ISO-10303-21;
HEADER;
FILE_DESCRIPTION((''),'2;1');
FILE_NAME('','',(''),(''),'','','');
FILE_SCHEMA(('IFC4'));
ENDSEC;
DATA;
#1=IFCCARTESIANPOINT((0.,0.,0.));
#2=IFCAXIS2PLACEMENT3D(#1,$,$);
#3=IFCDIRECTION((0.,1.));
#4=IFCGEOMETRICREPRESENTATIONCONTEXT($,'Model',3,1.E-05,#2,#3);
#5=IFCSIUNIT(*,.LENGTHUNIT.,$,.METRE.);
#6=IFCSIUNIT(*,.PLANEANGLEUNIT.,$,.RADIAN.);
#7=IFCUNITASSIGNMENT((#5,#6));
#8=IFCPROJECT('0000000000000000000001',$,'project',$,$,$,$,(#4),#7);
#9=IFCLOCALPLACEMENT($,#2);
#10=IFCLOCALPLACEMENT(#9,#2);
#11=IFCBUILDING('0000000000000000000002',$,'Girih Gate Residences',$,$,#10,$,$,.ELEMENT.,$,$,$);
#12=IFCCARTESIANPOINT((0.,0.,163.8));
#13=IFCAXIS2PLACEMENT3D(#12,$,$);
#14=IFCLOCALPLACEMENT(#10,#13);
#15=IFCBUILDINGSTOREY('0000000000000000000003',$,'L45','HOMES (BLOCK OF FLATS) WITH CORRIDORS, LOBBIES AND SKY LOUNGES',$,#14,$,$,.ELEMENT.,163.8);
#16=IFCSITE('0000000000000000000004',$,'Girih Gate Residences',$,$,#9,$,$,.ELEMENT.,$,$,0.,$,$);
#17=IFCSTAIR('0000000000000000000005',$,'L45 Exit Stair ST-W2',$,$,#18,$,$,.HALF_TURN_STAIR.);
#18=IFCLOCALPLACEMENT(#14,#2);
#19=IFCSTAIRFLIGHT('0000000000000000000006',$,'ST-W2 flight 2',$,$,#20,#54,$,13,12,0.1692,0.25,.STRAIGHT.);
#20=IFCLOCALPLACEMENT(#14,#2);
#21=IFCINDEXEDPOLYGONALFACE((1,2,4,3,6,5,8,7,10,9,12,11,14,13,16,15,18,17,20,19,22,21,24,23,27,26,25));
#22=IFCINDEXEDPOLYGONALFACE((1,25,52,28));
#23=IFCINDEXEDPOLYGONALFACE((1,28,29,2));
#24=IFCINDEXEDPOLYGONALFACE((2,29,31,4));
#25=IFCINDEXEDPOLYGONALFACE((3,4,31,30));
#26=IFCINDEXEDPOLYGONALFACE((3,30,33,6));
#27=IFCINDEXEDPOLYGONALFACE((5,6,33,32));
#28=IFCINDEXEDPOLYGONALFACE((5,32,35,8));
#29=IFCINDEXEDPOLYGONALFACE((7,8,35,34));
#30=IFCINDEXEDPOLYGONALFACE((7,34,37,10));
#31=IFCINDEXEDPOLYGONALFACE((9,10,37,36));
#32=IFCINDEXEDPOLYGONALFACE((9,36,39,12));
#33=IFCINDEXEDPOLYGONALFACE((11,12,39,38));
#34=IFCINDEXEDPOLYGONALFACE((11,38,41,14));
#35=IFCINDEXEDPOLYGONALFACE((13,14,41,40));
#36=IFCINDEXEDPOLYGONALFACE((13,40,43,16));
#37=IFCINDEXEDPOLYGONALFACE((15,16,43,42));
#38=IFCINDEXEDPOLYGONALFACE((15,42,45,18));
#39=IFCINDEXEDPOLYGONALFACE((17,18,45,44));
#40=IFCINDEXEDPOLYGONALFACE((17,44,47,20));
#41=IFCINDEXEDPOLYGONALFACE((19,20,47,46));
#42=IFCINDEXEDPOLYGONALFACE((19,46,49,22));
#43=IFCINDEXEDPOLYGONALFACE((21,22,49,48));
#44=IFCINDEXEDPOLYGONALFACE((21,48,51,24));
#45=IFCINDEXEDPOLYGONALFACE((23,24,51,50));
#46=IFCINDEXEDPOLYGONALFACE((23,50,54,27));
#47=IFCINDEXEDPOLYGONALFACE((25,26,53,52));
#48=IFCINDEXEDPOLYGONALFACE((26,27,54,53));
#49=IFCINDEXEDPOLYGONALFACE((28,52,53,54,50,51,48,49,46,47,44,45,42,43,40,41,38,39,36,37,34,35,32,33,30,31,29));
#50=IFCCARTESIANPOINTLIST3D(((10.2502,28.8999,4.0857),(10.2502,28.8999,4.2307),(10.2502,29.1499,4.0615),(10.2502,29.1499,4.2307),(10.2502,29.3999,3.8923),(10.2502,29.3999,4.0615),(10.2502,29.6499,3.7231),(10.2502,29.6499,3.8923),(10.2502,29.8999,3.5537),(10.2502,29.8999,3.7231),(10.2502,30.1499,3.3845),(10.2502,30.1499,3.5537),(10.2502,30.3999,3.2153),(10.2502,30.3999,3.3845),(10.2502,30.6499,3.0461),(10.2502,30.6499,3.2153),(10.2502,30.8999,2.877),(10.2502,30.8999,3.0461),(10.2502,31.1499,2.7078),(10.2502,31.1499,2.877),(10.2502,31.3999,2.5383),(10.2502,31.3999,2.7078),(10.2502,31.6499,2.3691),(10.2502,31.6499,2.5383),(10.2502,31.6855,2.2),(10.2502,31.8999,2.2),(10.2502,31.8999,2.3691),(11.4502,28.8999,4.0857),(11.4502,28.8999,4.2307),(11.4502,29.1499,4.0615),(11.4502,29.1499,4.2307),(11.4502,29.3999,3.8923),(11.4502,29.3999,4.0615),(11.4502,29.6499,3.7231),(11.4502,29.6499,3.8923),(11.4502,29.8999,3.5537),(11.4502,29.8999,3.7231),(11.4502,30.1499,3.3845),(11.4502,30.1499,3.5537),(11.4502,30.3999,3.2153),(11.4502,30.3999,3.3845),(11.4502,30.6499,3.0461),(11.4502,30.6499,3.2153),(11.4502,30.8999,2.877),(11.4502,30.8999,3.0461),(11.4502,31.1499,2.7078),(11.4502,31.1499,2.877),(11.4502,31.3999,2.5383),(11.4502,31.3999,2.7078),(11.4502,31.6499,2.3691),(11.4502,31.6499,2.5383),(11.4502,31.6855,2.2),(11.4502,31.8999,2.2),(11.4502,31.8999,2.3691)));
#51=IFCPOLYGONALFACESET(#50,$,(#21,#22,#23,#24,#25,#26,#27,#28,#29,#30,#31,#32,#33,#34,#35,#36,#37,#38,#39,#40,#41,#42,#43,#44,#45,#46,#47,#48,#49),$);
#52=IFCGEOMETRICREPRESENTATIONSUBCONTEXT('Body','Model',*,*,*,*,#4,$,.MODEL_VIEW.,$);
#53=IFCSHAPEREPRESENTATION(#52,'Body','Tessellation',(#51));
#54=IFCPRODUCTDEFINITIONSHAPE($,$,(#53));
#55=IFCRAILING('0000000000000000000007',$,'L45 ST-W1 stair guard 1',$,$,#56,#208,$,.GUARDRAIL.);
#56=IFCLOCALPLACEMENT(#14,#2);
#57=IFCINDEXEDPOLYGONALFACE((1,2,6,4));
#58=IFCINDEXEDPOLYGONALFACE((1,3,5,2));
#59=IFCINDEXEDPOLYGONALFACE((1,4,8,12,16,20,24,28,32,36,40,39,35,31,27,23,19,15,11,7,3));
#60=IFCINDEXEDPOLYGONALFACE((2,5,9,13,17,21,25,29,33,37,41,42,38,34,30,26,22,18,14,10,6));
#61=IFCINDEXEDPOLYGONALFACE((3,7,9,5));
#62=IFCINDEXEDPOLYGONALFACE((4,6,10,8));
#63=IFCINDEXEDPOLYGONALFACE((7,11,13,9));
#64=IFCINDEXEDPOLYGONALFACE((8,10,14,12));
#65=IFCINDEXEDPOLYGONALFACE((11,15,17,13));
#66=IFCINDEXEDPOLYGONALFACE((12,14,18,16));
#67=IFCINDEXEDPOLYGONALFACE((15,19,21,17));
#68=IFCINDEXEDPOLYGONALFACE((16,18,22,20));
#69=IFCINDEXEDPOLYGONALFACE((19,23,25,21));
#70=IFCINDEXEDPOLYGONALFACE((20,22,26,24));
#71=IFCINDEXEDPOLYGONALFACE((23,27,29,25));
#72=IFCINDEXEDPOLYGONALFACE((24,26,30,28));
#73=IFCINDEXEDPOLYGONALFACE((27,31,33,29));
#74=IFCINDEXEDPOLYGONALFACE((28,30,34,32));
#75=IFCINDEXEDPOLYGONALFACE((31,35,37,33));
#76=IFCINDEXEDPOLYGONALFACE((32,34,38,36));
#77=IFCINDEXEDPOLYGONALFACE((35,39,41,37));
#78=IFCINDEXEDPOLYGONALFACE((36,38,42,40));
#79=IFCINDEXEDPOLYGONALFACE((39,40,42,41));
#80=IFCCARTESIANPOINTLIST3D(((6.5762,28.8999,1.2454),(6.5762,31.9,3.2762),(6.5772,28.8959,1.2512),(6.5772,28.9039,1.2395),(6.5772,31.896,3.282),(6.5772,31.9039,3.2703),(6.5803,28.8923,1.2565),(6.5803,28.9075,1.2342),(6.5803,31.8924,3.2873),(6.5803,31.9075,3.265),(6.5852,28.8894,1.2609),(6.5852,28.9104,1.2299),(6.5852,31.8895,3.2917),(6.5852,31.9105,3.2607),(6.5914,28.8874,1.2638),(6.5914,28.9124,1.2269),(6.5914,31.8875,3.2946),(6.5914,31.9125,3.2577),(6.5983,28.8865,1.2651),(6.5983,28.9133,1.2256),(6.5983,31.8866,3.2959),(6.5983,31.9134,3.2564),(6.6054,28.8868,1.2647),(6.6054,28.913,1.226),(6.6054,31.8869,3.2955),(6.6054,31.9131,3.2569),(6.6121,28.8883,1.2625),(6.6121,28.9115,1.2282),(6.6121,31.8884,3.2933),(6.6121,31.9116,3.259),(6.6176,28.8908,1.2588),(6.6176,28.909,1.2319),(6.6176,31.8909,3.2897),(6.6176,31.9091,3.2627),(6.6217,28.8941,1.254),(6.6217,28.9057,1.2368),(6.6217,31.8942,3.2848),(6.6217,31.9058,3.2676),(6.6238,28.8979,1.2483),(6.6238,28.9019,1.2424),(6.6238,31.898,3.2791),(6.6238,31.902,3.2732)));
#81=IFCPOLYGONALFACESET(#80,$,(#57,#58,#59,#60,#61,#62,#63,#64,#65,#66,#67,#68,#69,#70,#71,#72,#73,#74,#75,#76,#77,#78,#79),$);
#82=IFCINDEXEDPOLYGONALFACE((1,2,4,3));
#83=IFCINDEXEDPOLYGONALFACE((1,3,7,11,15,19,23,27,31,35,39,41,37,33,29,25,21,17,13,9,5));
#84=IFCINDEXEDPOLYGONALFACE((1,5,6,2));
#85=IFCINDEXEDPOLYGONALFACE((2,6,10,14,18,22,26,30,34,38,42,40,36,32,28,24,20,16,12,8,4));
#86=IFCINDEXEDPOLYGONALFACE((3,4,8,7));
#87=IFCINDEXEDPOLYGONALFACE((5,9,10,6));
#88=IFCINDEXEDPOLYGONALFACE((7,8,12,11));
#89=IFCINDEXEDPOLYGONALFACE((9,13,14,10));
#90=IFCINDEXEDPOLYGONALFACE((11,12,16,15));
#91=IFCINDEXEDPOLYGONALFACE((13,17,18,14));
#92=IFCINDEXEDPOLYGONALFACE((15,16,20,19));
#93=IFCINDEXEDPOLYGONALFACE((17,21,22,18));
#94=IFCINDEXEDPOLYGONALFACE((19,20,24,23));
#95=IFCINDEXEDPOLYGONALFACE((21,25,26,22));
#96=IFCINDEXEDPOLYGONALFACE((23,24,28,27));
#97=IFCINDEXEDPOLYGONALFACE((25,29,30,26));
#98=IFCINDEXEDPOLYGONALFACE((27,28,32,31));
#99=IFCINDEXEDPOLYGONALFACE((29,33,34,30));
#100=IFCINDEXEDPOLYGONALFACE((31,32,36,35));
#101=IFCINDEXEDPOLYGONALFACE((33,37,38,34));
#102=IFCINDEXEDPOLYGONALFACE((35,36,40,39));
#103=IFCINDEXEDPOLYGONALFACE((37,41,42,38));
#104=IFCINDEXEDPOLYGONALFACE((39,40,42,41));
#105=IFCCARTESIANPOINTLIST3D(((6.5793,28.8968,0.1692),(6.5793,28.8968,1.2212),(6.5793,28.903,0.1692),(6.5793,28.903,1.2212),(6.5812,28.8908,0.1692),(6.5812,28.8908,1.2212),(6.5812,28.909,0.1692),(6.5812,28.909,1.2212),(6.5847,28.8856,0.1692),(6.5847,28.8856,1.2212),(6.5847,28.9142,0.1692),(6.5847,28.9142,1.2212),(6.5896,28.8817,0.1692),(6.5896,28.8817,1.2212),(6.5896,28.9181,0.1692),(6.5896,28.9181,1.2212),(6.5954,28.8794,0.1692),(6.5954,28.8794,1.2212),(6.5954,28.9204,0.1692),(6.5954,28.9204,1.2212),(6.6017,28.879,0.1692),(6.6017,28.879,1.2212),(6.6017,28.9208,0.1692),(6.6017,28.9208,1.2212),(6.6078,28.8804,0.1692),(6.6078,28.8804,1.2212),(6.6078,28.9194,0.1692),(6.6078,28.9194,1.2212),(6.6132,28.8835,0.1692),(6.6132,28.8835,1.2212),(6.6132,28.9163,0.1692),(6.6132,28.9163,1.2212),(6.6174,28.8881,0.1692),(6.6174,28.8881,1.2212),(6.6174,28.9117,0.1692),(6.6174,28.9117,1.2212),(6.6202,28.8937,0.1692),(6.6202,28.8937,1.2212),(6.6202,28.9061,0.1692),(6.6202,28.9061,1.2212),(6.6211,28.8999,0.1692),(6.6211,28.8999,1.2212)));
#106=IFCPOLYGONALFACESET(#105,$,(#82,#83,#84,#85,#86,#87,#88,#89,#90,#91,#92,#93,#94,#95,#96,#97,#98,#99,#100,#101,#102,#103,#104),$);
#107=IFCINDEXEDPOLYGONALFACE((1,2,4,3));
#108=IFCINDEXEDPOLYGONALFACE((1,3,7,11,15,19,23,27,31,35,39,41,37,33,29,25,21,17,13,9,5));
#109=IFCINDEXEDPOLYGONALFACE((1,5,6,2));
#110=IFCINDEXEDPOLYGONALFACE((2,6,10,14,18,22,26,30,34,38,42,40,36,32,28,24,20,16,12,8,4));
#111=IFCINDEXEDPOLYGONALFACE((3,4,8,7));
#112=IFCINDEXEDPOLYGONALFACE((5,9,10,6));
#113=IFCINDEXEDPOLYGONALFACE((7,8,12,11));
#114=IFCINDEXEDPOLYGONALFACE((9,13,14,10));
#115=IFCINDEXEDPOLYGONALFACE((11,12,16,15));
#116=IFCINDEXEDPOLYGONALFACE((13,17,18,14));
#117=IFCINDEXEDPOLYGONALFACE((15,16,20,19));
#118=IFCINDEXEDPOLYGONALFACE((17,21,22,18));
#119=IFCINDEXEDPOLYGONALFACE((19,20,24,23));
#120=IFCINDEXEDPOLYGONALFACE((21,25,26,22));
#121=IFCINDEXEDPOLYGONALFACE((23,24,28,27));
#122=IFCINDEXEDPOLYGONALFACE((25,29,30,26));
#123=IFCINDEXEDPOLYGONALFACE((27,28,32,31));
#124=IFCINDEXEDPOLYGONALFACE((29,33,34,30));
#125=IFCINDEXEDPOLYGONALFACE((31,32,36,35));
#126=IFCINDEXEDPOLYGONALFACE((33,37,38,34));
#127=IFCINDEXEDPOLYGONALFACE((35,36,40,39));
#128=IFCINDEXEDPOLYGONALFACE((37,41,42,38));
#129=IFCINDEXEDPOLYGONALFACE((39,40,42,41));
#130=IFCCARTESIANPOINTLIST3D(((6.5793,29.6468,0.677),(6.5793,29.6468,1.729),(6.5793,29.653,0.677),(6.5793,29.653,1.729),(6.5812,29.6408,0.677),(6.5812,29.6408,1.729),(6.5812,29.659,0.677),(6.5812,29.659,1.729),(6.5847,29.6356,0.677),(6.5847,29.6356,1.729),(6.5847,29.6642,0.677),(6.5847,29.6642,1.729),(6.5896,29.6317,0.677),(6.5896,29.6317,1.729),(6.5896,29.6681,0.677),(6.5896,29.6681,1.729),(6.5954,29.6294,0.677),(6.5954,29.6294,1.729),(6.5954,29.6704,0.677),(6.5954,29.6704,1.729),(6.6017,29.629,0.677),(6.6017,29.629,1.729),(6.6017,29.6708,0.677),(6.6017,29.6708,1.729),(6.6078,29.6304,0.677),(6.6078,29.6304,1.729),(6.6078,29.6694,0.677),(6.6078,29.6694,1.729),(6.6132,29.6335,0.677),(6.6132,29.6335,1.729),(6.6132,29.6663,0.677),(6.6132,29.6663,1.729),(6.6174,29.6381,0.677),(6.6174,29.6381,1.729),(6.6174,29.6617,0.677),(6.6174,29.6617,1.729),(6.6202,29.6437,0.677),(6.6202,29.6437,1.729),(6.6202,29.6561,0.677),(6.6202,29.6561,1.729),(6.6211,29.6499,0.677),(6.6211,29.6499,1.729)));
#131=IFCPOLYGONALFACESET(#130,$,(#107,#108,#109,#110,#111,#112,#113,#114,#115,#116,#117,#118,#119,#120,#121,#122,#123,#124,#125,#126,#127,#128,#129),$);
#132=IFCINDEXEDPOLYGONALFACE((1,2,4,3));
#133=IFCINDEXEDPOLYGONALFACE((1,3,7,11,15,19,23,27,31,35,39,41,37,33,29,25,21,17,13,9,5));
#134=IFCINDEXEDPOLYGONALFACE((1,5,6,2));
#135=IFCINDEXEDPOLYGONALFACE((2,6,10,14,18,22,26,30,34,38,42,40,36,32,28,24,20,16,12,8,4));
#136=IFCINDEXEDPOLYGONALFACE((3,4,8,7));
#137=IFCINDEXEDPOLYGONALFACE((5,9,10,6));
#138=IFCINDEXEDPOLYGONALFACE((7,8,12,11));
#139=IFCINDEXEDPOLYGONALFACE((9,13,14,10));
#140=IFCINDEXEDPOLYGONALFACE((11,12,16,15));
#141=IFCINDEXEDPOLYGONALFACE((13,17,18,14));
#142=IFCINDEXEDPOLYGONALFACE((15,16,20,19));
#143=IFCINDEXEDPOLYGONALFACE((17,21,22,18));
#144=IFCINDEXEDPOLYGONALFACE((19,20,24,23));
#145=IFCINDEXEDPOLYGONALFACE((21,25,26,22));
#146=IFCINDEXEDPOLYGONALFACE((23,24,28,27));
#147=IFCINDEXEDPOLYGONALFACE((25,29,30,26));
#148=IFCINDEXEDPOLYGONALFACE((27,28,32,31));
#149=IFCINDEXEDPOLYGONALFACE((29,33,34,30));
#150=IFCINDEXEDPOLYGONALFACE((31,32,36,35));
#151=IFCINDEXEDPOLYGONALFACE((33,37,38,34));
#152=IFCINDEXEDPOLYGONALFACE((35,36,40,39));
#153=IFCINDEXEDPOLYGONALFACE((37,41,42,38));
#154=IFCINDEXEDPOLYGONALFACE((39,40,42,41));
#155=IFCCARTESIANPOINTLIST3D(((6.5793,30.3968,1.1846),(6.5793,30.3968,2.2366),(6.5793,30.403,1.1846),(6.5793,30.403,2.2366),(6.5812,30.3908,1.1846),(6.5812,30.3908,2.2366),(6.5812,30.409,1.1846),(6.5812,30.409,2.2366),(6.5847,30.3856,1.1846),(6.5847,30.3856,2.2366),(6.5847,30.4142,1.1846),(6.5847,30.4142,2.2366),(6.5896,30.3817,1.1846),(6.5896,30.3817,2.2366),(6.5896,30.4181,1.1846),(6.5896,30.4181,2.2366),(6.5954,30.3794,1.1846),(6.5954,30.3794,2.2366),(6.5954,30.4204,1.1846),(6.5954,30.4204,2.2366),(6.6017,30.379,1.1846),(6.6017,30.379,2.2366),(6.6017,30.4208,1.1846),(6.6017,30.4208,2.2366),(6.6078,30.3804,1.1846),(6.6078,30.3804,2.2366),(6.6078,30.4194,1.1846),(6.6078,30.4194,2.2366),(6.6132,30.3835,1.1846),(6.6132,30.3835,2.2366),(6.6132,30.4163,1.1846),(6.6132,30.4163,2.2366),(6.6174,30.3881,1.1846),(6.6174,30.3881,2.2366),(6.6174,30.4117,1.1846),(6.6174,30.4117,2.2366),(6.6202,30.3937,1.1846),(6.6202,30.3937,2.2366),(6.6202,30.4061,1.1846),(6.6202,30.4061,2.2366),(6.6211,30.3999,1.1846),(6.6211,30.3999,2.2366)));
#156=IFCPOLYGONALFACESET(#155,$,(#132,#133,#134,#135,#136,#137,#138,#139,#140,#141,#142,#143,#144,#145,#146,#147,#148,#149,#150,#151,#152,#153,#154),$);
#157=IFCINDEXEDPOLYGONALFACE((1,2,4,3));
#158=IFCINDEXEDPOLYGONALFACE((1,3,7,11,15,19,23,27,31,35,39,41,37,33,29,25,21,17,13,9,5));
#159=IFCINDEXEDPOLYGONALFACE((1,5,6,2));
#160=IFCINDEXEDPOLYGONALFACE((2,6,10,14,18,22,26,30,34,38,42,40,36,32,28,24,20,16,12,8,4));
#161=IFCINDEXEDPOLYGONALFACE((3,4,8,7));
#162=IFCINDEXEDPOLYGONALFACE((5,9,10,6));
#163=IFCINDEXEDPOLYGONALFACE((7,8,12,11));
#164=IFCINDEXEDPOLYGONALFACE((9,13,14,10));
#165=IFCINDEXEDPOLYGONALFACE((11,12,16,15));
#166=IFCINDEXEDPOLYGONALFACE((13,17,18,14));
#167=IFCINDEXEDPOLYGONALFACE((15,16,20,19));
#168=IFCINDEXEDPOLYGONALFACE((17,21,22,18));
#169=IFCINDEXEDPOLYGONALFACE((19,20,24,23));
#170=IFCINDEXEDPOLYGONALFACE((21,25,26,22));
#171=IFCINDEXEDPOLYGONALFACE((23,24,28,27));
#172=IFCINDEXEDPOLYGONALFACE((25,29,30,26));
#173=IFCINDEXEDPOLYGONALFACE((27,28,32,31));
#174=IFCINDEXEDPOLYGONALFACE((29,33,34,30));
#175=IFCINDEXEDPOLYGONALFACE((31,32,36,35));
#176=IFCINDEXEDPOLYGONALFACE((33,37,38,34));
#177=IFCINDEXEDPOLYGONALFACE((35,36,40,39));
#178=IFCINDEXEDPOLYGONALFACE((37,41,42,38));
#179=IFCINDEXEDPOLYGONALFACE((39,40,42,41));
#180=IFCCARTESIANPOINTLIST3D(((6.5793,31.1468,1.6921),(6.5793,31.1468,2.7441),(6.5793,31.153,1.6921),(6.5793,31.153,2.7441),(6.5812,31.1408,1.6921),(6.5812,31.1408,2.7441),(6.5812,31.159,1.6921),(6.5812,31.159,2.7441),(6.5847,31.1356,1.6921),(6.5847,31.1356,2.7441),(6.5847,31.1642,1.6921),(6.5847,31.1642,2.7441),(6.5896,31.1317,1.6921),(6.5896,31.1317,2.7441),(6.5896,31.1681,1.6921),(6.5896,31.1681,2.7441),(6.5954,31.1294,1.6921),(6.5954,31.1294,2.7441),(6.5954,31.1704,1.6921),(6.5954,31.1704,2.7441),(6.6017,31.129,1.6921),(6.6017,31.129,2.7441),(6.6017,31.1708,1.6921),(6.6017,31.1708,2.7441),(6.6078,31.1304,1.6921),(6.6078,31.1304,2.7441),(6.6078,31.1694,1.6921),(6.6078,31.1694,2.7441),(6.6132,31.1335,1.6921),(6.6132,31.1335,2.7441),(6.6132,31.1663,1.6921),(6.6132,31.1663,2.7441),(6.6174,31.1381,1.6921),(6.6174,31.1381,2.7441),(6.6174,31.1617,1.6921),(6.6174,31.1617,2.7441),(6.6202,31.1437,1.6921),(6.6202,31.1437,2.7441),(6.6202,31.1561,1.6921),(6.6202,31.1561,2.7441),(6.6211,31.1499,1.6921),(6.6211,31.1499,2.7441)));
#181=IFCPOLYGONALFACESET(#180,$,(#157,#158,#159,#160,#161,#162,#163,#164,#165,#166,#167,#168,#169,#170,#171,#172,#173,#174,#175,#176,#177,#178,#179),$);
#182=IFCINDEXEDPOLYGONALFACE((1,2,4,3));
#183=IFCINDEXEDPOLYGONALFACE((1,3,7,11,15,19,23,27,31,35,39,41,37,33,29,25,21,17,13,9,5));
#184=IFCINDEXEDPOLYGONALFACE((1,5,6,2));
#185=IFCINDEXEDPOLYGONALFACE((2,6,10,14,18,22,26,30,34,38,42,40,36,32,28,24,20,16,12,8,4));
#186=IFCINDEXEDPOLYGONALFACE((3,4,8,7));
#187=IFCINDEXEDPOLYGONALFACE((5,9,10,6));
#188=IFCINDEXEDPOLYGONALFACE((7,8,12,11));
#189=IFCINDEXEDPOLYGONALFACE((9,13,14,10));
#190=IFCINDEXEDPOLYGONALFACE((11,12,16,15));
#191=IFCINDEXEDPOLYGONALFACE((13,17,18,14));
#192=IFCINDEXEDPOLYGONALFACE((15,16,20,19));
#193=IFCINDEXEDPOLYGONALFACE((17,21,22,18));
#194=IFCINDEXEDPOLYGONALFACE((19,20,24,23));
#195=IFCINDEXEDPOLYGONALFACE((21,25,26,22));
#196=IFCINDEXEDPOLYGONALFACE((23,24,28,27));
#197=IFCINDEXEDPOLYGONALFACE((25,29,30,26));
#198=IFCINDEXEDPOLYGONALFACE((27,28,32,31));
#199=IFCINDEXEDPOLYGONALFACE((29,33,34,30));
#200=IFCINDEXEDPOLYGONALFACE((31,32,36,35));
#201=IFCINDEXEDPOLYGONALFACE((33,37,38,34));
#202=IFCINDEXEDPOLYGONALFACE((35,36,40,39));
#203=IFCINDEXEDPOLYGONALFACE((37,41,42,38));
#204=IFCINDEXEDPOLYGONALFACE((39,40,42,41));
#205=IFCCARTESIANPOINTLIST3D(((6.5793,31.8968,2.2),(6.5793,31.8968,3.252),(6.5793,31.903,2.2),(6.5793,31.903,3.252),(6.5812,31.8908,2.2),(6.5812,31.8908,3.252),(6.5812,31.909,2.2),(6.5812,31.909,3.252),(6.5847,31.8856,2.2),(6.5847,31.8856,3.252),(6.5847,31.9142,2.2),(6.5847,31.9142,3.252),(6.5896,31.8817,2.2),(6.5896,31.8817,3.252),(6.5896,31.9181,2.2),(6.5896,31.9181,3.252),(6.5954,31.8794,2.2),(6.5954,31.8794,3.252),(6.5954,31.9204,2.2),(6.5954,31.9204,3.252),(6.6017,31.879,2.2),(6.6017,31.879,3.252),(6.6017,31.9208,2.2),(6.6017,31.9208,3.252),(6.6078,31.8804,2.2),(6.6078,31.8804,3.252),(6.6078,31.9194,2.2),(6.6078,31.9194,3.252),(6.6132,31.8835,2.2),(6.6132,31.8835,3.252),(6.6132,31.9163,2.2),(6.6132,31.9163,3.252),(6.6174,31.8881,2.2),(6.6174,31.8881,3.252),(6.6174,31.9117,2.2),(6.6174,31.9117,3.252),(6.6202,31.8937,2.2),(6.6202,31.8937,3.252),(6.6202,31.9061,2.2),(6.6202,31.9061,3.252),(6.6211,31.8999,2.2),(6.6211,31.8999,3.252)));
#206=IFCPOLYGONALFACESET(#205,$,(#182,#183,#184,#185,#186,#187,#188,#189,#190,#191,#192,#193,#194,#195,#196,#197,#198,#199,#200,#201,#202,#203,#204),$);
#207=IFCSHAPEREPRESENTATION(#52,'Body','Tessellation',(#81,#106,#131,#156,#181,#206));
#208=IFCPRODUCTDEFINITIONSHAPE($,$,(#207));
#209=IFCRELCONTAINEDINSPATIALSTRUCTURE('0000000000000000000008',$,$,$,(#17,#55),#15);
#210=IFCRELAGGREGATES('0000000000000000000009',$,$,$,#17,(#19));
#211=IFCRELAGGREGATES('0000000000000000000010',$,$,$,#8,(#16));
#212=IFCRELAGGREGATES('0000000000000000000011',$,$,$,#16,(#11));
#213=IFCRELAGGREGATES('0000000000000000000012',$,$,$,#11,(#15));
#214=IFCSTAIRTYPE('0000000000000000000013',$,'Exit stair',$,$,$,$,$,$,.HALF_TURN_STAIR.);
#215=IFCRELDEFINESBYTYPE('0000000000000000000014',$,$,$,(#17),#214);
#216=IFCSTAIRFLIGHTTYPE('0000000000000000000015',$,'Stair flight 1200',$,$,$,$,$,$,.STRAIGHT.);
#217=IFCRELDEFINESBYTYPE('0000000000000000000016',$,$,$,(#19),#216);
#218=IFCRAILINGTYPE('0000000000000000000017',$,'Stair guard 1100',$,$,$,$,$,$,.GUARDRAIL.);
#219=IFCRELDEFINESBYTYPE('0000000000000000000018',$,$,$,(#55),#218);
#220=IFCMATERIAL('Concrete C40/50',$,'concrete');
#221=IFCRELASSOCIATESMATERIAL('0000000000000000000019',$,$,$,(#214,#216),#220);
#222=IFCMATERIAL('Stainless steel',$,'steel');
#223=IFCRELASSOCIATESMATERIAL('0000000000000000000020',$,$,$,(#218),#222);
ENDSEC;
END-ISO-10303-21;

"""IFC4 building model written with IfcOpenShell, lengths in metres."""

from ifc_helpers import new_model, si_unit, direction, frame, origin, origin_2d, place, context, subcontext, project, spatial, polyline, circle, outline, extrude, material, type_object, element, aggregate, save


model = new_model("IFC4")

# Units and contexts
model_context = context("Model", 3, precision=1e-05, world=origin(), true_north=direction((0.0, 1.0)))
body_context = subcontext(model_context, "Body", "Model", "MODEL_VIEW")
ifc_project = project(units=[si_unit("LENGTHUNIT", "METRE"), si_unit("PLANEANGLEUNIT", "RADIAN")], contexts=[model_context])

# Site, building, storey
site_placement = place(None, origin())
site = spatial("IfcSite", under=ifc_project, at=site_placement, Name="Girih Gate Residences", CompositionType="ELEMENT", RefElevation=0.0)
building_placement = place(site_placement, origin())
building = spatial("IfcBuilding", under=site, at=building_placement, Name="Girih Gate Residences", CompositionType="ELEMENT")
storey_placement = place(building_placement, frame((0.0, 0.0, 163.8)))
storey = spatial("IfcBuildingStorey", under=building, at=storey_placement, Name="L45", Description="HOMES (BLOCK OF FLATS) WITH CORRIDORS, LOBBIES AND SKY LOUNGES", CompositionType="ELEMENT", Elevation=163.8)

# Shared definitions
ifc_material_1 = material(Name="Concrete C40/50", Category="concrete")

# Stair, stair flight
stair_type = type_object("IfcStairType", Name="Exit stair", PredefinedType="HALF_TURN_STAIR", material=ifc_material_1)
stair_flight_type = type_object("IfcStairFlightType", Name="Stair flight 1200", PredefinedType="STRAIGHT", material=ifc_material_1)
stair_1_placement = place(storey_placement, origin())
stair_1 = element("IfcStair", 1, at=stair_1_placement, inside=storey, type_object=stair_type, Name="L45 Exit Stair ST-W2", PredefinedType="HALF_TURN_STAIR")
stair_flight_1_placement = place(storey_placement, frame((10.8501, 31.8999, 2.2), z_axis=(0.0, 0.0, 1.0), x_axis=(0.0, -1.0, 0.0)))
stair_flight_1 = element("IfcStairFlight", 2, at=stair_flight_1_placement, type_object=stair_flight_type, Name="ST-W2 flight 2", NumberOfRisers=13, NumberOfTreads=12, PredefinedType="STRAIGHT", RiserHeight=0.1692, TreadLength=0.25, context=body_context, shape_type="SweptSolid", body=[
    extrude(outline(polyline([(0.0, 0.0), (0.0, 0.1692), (0.25, 0.1692), (0.25, 0.3384), (0.5, 0.3384), (0.5, 0.5078), (0.75, 0.5078), (0.75, 0.677), (1.0, 0.677), (1.0, 0.8462), (1.25, 0.8462), (1.25, 1.0154), (1.5, 1.0154), (1.5, 1.1846), (1.75, 1.1846), (1.75, 1.3538), (2.0, 1.3538), (2.0, 1.5232), (2.25, 1.5232), (2.25, 1.6924), (2.5, 1.6924), (2.5, 1.8616), (2.75, 1.8616), (2.75, 2.0308), (3.0, 2.0308), (3.0, 2.2), (3.0, 1.8857), (0.2144, 0.0), (0.0, 0.0)])), frame((0.0, 0.6001, 0.0), z_axis=(0.0, -1.0, 0.0), x_axis=(1.0, 0.0, 0.0)), (0.0, 0.0, 1.0), 1.2),
])
aggregate(stair_1, [stair_flight_1])

# Railing
ifc_material_2 = material(Name="Stainless steel", Category="steel")
railing_type_1 = type_object("IfcRailingType", Name="Stair guard 1100", PredefinedType="GUARDRAIL", material=ifc_material_2)
railing_1_placement = place(storey_placement, frame((6.6001, 28.8999, 0.1692)))
element("IfcRailing", 3, at=railing_1_placement, inside=storey, type_object=railing_type_1, Name="L45 ST-W1 stair guard 1", PredefinedType="GUARDRAIL", context=body_context, shape_type="SweptSolid", body=[
    extrude(circle(Radius=0.0239, at=origin_2d()), frame((0.0, 0.0, 1.0762), z_axis=(0.0, 0.82811, 0.560565), x_axis=(-1.0, 0.0, 0.0)), (0.0, 0.0, 1.0), 3.6228),
    extrude(circle(Radius=0.021, at=origin_2d()), origin(), (0.0, 0.0, 1.0), 1.052),
    extrude(circle(Radius=0.021, at=origin_2d()), frame((0.0, 0.75, 0.5078)), (0.0, 0.0, 1.0), 1.052),
    extrude(circle(Radius=0.021, at=origin_2d()), frame((0.0, 1.5, 1.0154)), (0.0, 0.0, 1.0), 1.052),
    extrude(circle(Radius=0.021, at=origin_2d()), frame((0.0, 2.25, 1.5229)), (0.0, 0.0, 1.0), 1.052),
    extrude(circle(Radius=0.021, at=origin_2d()), frame((0.0, 3.0, 2.0308)), (0.0, 0.0, 1.0), 1.052),
])

save(model, "model.ifc")
